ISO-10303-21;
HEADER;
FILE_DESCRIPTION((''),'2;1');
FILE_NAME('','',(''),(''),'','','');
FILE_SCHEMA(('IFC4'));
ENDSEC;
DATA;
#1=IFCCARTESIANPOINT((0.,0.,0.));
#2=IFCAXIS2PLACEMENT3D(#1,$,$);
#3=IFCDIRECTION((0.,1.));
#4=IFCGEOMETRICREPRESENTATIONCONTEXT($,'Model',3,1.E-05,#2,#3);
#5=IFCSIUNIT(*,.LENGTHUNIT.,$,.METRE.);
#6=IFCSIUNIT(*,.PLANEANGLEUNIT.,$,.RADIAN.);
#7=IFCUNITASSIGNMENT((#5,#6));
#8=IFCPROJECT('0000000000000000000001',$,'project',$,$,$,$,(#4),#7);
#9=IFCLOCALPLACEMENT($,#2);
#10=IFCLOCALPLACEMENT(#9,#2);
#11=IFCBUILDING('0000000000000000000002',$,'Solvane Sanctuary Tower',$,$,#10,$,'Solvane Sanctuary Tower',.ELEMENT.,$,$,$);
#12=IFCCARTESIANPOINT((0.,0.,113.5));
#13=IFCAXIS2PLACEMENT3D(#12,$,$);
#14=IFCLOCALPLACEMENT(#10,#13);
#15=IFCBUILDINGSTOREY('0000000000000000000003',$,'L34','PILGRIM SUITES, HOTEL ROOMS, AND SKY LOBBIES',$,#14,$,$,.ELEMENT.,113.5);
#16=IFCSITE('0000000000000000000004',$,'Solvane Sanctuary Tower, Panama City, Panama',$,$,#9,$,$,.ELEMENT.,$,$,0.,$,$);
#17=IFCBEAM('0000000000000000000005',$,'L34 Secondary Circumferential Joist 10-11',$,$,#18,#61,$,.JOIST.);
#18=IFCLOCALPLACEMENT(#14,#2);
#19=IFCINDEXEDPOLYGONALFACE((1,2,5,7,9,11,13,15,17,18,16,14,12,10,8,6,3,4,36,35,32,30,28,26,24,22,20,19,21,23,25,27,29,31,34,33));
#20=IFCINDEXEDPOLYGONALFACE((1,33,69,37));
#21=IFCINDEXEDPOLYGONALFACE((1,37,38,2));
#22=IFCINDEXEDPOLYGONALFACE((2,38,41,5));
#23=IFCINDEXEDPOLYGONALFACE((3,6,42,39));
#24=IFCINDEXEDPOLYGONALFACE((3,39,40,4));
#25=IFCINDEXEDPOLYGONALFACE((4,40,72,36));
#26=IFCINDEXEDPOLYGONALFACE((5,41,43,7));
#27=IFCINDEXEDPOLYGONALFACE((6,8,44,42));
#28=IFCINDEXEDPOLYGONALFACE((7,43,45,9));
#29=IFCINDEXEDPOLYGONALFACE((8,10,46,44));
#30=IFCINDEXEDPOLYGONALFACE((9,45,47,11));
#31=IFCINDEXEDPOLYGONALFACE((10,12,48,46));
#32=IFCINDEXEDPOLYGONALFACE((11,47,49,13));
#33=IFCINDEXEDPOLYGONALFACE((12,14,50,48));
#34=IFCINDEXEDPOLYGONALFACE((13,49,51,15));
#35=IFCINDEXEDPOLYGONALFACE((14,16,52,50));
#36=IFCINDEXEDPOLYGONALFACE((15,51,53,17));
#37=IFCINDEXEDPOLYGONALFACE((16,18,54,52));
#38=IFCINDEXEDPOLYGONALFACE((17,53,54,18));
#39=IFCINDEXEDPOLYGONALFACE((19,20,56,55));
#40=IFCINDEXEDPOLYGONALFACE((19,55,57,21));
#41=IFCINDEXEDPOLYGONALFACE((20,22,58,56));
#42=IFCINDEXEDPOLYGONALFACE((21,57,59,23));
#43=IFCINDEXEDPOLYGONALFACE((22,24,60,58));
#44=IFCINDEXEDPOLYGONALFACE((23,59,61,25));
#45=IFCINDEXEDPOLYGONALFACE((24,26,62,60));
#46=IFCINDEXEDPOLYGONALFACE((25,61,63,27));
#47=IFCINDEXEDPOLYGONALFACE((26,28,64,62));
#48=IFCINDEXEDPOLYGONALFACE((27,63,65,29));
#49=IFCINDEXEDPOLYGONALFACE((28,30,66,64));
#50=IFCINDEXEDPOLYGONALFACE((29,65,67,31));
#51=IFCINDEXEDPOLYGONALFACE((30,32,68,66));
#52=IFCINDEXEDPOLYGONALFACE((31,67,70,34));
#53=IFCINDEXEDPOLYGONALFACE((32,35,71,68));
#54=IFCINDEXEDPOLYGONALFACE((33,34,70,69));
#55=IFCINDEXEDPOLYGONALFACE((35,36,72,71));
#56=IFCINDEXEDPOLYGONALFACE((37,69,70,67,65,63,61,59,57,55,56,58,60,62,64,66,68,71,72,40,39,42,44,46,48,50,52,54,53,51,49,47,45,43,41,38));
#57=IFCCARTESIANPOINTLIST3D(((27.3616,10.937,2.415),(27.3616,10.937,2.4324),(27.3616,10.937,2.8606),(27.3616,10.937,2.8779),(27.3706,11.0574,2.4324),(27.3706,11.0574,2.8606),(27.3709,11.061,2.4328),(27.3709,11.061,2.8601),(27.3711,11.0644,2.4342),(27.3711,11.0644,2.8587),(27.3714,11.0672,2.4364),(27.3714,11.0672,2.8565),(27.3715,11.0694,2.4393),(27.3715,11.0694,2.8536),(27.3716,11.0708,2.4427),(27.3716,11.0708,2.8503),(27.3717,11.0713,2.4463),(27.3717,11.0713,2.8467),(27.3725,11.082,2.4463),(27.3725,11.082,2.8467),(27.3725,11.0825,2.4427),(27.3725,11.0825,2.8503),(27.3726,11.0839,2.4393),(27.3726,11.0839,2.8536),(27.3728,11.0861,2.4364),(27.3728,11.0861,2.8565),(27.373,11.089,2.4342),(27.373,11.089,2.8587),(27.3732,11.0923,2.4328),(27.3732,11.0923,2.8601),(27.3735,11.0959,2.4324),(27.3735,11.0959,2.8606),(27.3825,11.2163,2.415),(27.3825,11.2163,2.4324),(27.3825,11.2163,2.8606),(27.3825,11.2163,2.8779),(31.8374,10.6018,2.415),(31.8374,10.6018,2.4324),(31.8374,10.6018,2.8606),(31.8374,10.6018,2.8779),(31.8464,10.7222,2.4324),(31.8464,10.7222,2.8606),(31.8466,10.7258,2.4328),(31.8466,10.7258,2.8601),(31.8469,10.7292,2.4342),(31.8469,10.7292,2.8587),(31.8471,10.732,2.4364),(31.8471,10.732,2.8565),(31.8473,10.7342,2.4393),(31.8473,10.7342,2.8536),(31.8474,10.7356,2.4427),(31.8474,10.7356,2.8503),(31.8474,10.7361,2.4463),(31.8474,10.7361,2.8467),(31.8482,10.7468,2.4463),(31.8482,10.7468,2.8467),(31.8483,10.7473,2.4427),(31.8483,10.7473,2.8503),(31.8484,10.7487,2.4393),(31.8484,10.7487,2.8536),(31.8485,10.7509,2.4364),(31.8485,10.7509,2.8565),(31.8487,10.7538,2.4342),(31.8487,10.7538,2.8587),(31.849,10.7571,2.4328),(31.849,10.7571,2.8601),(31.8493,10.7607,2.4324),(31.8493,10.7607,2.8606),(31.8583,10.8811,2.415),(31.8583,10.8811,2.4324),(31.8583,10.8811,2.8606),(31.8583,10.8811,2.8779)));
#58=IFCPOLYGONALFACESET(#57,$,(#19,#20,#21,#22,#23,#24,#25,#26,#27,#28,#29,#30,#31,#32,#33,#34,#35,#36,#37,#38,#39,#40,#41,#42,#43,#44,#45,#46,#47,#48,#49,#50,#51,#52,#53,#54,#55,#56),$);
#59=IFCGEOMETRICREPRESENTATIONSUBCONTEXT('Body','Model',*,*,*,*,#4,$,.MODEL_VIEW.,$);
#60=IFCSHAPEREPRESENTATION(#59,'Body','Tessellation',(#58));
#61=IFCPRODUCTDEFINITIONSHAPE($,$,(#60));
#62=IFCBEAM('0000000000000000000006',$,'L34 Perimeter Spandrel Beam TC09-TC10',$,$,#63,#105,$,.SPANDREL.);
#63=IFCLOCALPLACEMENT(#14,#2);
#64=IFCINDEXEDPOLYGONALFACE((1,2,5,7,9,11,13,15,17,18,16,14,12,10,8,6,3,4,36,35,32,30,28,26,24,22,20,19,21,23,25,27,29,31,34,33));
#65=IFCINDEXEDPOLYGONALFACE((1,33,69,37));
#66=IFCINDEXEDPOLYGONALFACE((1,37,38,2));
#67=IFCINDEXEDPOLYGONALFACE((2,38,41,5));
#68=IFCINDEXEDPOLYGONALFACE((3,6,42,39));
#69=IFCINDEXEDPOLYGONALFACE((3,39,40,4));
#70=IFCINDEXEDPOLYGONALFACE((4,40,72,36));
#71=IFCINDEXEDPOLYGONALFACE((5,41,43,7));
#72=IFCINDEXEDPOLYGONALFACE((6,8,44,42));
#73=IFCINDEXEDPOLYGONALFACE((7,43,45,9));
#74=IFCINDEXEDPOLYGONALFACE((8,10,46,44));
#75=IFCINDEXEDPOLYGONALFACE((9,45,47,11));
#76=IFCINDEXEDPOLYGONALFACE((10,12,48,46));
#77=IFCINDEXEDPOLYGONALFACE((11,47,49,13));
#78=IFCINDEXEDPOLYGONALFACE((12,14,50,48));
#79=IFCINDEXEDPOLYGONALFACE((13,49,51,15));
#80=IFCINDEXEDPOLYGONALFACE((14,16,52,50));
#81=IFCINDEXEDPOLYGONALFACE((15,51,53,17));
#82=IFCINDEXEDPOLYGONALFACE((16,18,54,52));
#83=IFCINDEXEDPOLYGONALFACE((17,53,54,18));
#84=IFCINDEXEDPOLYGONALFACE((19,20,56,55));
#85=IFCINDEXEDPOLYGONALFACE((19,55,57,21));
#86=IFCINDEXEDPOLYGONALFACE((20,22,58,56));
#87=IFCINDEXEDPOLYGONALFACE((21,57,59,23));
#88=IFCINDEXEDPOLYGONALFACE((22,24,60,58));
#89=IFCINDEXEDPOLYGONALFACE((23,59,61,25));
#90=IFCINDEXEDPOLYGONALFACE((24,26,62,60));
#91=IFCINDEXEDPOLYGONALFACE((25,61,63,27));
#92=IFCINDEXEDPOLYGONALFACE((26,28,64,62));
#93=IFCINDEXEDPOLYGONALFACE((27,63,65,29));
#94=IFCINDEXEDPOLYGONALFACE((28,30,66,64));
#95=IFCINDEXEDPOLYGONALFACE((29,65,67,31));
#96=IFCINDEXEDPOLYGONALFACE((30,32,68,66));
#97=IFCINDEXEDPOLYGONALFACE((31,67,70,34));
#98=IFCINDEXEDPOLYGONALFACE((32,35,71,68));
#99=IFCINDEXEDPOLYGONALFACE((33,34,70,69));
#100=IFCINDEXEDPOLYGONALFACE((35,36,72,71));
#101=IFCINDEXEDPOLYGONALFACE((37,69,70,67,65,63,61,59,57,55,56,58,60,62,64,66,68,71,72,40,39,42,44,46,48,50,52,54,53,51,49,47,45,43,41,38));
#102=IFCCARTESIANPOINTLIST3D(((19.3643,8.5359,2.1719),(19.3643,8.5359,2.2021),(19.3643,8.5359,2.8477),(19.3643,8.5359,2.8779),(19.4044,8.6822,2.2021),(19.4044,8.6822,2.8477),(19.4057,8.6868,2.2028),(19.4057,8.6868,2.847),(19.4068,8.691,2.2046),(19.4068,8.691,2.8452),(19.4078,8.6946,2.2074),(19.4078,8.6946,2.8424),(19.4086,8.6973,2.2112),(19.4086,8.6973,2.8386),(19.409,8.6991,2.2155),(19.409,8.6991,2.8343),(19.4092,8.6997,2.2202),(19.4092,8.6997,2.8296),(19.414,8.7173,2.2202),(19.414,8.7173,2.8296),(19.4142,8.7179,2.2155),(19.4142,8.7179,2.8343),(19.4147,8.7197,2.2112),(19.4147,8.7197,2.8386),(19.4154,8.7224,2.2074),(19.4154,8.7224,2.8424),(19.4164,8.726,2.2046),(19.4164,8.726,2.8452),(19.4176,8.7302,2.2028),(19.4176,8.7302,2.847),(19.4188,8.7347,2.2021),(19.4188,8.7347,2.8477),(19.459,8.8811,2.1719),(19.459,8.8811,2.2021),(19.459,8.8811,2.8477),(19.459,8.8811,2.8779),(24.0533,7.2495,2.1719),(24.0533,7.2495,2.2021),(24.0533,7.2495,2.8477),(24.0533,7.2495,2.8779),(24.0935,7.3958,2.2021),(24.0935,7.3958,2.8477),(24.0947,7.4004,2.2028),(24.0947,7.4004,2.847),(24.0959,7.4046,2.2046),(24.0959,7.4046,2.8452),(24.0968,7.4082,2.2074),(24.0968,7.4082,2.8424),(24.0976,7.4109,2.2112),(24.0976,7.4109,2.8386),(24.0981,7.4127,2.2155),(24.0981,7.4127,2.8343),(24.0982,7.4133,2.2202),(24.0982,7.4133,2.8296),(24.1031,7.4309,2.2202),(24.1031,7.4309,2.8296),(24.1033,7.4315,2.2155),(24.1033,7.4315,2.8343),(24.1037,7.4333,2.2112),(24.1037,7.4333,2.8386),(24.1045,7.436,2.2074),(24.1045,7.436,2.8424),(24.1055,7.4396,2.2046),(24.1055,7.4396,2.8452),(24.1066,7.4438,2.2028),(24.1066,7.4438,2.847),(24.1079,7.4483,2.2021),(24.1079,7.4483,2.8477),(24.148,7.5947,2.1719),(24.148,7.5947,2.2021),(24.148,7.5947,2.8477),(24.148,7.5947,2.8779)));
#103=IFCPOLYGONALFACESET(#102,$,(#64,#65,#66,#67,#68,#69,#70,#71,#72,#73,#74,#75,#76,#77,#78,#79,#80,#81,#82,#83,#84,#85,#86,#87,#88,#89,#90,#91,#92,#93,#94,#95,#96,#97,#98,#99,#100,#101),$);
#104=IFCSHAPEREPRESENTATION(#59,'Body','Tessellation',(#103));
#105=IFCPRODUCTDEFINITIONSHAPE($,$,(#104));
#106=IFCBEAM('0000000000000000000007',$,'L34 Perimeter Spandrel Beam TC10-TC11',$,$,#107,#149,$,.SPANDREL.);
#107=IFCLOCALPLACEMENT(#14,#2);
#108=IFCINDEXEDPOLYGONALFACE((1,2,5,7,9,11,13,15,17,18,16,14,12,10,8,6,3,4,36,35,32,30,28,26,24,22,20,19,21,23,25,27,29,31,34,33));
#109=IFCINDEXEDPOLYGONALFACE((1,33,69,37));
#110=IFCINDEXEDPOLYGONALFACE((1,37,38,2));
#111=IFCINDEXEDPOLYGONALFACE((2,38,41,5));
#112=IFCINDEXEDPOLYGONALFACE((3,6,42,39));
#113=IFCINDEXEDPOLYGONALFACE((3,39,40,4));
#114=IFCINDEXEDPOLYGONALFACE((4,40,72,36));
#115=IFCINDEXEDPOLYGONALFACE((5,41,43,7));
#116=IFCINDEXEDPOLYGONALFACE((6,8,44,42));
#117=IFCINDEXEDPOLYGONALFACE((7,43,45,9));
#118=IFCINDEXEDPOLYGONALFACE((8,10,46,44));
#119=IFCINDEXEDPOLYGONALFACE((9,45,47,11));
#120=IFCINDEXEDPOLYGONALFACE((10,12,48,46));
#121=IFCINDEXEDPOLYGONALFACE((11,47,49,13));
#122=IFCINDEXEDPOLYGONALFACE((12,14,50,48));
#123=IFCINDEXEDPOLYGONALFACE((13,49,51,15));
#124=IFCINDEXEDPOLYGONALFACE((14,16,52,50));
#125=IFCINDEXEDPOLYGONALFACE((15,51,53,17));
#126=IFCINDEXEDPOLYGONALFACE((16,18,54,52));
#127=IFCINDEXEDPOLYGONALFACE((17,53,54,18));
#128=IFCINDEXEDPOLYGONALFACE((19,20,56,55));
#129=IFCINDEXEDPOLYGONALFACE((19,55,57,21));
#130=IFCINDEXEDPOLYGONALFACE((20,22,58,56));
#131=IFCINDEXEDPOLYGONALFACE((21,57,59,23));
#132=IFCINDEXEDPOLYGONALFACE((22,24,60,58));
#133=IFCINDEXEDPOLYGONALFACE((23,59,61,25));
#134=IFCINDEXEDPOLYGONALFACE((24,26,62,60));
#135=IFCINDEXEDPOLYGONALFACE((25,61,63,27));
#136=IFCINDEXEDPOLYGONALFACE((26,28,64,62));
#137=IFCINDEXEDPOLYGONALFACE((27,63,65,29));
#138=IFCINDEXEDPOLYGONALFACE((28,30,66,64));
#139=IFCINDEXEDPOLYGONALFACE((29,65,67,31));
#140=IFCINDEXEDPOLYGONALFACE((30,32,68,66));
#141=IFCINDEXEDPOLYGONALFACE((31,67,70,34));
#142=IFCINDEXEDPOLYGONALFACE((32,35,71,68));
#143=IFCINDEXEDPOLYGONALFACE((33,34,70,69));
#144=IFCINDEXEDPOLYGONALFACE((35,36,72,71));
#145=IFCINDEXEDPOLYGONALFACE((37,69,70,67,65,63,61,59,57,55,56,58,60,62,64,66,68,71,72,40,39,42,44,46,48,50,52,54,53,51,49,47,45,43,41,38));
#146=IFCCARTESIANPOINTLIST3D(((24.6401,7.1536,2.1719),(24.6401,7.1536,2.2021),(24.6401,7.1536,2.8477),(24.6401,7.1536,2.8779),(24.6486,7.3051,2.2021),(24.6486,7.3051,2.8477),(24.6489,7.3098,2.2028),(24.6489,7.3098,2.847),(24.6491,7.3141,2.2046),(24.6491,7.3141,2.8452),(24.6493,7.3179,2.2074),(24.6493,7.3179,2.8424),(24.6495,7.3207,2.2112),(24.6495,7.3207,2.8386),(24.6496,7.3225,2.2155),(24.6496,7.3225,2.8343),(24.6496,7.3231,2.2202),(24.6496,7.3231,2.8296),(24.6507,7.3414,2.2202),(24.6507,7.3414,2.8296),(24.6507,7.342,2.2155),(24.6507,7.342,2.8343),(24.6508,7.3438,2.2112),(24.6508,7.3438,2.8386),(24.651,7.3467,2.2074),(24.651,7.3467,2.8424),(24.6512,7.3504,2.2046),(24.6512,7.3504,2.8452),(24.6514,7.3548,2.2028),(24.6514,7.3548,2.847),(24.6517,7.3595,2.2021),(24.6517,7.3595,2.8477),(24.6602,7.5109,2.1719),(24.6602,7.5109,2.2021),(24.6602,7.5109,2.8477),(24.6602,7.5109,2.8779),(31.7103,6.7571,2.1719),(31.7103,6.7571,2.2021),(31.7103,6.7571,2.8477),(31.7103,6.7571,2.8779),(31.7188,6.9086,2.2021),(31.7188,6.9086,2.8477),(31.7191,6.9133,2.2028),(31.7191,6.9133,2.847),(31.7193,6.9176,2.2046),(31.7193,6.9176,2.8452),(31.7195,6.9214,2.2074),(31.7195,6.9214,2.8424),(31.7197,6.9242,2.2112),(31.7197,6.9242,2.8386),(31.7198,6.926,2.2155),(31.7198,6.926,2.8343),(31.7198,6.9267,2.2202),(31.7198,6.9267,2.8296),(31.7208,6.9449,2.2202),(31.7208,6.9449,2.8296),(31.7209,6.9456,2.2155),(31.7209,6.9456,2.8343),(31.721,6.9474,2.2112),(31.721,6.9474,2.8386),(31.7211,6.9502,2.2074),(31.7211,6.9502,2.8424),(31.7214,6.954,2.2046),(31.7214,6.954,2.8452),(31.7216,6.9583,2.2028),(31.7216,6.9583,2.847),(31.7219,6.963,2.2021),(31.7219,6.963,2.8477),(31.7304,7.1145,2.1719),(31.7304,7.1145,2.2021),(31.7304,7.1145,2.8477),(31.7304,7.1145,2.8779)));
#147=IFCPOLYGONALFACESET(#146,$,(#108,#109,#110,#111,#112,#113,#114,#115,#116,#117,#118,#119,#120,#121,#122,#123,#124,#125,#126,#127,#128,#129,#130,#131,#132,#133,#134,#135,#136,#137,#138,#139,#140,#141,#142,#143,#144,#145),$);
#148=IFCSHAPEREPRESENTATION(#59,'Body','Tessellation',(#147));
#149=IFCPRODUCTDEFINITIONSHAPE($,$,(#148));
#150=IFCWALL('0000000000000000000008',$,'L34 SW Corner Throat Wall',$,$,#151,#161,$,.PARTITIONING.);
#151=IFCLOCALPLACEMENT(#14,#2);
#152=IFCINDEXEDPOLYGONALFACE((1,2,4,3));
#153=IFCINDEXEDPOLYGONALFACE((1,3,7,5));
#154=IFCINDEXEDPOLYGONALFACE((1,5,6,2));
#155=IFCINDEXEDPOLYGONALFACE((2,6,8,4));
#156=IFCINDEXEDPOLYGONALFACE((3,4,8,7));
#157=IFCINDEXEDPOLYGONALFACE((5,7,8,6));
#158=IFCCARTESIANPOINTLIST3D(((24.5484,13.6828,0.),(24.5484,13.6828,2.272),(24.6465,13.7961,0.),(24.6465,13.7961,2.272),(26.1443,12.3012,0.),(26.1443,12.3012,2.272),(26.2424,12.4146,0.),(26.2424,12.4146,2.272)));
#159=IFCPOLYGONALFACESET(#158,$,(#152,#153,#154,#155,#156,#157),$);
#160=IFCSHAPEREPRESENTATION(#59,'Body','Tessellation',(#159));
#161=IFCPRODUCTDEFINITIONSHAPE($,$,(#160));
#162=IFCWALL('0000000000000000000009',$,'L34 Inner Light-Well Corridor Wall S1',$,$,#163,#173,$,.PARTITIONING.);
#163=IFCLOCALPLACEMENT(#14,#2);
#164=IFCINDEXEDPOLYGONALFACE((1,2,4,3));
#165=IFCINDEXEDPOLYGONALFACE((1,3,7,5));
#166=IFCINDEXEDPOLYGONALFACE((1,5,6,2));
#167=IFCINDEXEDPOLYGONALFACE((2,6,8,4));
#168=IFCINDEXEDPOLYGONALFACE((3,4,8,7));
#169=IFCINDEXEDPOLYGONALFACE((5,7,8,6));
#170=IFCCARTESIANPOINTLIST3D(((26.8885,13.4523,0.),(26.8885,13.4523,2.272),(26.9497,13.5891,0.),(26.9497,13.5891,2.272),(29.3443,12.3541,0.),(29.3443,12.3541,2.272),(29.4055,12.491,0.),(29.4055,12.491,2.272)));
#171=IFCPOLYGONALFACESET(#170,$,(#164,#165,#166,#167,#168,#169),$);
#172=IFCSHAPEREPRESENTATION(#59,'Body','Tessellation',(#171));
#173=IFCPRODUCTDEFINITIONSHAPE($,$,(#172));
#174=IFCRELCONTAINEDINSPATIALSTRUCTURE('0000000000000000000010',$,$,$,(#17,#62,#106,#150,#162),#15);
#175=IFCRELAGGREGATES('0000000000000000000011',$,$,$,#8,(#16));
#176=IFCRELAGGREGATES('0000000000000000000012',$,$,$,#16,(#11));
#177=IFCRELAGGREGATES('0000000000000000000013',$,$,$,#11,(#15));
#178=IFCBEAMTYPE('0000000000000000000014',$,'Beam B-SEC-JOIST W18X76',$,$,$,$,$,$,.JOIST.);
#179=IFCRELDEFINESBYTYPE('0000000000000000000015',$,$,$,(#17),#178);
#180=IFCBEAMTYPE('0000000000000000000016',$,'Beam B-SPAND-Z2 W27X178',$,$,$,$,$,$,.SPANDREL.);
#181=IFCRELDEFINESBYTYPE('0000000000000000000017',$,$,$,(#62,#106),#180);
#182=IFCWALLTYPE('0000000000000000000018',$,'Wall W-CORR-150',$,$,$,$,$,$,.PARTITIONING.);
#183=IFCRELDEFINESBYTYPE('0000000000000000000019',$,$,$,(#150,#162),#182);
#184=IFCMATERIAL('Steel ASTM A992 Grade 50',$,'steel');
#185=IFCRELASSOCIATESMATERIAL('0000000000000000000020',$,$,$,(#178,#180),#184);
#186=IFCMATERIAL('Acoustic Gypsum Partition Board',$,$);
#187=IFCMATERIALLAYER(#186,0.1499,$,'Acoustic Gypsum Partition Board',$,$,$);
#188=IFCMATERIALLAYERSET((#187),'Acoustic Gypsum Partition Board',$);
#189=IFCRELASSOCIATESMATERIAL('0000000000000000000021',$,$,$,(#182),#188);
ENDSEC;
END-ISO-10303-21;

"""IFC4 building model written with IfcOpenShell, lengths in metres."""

from ifc_helpers import new_model, si_unit, direction, frame, frame_2d, origin, origin_2d, place, context, subcontext, project, spatial, rectangle, i_section, extrude, material, layer, layer_set, material_profile, profile_set, type_object, element, save


model = new_model("IFC4")

# Units and contexts
model_context = context("Model", 3, precision=1e-05, world=origin(), true_north=direction((0.0, 1.0)))
body_context = subcontext(model_context, "Body", "Model", "MODEL_VIEW")
ifc_project = project(units=[si_unit("LENGTHUNIT", "METRE"), si_unit("PLANEANGLEUNIT", "RADIAN")], contexts=[model_context])

# Site, building, storey
site_placement = place(None, origin())
site = spatial("IfcSite", under=ifc_project, at=site_placement, Name="Solvane Sanctuary Tower, Panama City, Panama", CompositionType="ELEMENT", RefElevation=0.0)
building_placement = place(site_placement, origin())
building = spatial("IfcBuilding", under=site, at=building_placement, Name="Solvane Sanctuary Tower", LongName="Solvane Sanctuary Tower", CompositionType="ELEMENT")
storey_placement = place(building_placement, frame((0.0, 0.0, 113.5)))
storey = spatial("IfcBuildingStorey", under=building, at=storey_placement, Name="L34", Description="PILGRIM SUITES, HOTEL ROOMS, AND SKY LOBBIES", CompositionType="ELEMENT", Elevation=113.5)

# Beams
ifc_material_1 = material(Name="Steel ASTM A992 Grade 50", Category="steel")
ifc_material_profile_1 = material_profile(ifc_material_1, i_section(OverallWidth=0.28, OverallDepth=0.4629, WebThickness=0.0107, FlangeThickness=0.0173, FilletRadius=0.0139, at=origin_2d()), Name="W18X76")
ifc_profile_set_1 = profile_set([ifc_material_profile_1], Name="Steel ASTM A992 Grade 50")
beam_type_1 = type_object("IfcBeamType", Name="Beam B-SEC-JOIST W18X76", PredefinedType="JOIST", material=ifc_profile_set_1)
beam_1_placement = place(storey_placement, frame((27.3721, 11.0767, 2.6465), z_axis=(0.997207, -0.074683, 0.0), x_axis=(0.074683, 0.997207, 0.0)))
element("IfcBeam", 1, at=beam_1_placement, inside=storey, type_object=beam_type_1, Name="L34 Secondary Circumferential Joist 10-11", PredefinedType="JOIST", context=body_context, shape_type="SweptSolid", body=[
    extrude(i_section(OverallWidth=0.28, OverallDepth=0.4629, WebThickness=0.0107, FlangeThickness=0.0173, FilletRadius=0.0139, at=origin_2d()), origin(), (0.0, 0.0, 1.0), 4.4883),
])
ifc_material_profile_2 = material_profile(ifc_material_1, i_section(OverallWidth=0.3579, OverallDepth=0.7061, WebThickness=0.0183, FlangeThickness=0.0303, FilletRadius=0.0181, at=origin_2d()), Name="W27X178")
ifc_profile_set_2 = profile_set([ifc_material_profile_2], Name="Steel ASTM A992 Grade 50")
beam_type_2 = type_object("IfcBeamType", Name="Beam B-SPAND-Z2 W27X178", PredefinedType="SPANDREL", material=ifc_profile_set_2)
beam_2_placement = place(storey_placement, frame((19.4116, 8.7085, 2.5249), z_axis=(0.964368, -0.264566, 0.0), x_axis=(0.264566, 0.964368, 0.0)))
element("IfcBeam", 2, at=beam_2_placement, inside=storey, type_object=beam_type_2, Name="L34 Perimeter Spandrel Beam TC09-TC10", PredefinedType="SPANDREL", context=body_context, shape_type="SweptSolid", body=[
    extrude(i_section(OverallWidth=0.3579, OverallDepth=0.7061, WebThickness=0.0183, FlangeThickness=0.0303, FilletRadius=0.0181, at=origin_2d()), origin(), (0.0, 0.0, 1.0), 4.8623),
])
beam_3_placement = place(storey_placement, frame((24.6501, 7.3323, 2.5249), z_axis=(0.998431, -0.055989, 0.0), x_axis=(0.055989, 0.998431, 0.0)))
element("IfcBeam", 3, at=beam_3_placement, inside=storey, type_object=beam_type_2, Name="L34 Perimeter Spandrel Beam TC10-TC11", PredefinedType="SPANDREL", context=body_context, shape_type="SweptSolid", body=[
    extrude(i_section(OverallWidth=0.3579, OverallDepth=0.7061, WebThickness=0.0183, FlangeThickness=0.0303, FilletRadius=0.0181, at=origin_2d()), origin(), (0.0, 0.0, 1.0), 7.0813),
])

# Walls
ifc_material_2 = material(Name="Acoustic Gypsum Partition Board")
ifc_layer_1 = layer(ifc_material_2, 0.1499, Name="Acoustic Gypsum Partition Board")
ifc_layer_set_1 = layer_set([ifc_layer_1], Name="Acoustic Gypsum Partition Board")
wall_type_1 = type_object("IfcWallType", Name="Wall W-CORR-150", PredefinedType="PARTITIONING", material=ifc_layer_set_1)
wall_1_placement = place(storey_placement, frame((26.1934, 12.3579, 0.0), z_axis=(0.0, 0.0, 1.0), x_axis=(-0.756055, 0.654508, 0.0)))
element("IfcWall", 4, at=wall_1_placement, inside=storey, type_object=wall_type_1, Name="L34 SW Corner Throat Wall", PredefinedType="PARTITIONING", context=body_context, shape_type="SweptSolid", body=[
    extrude(rectangle(XDim=2.1108, YDim=0.1499, at=frame_2d((1.0554, 0.0))), origin(), (0.0, 0.0, 1.0), 2.272),
])
wall_2_placement = place(storey_placement, frame((26.9189, 13.5208, 0.0), z_axis=(0.0, 0.0, 1.0), x_axis=(0.912889, -0.408209, 0.0)))
element("IfcWall", 5, at=wall_2_placement, inside=storey, type_object=wall_type_1, Name="L34 Inner Light-Well Corridor Wall S1", PredefinedType="PARTITIONING", context=body_context, shape_type="SweptSolid", body=[
    extrude(rectangle(XDim=2.6902, YDim=0.1499, at=frame_2d((1.3452, 0.0))), origin(), (0.0, 0.0, 1.0), 2.272),
])

save(model, "model.ifc")
